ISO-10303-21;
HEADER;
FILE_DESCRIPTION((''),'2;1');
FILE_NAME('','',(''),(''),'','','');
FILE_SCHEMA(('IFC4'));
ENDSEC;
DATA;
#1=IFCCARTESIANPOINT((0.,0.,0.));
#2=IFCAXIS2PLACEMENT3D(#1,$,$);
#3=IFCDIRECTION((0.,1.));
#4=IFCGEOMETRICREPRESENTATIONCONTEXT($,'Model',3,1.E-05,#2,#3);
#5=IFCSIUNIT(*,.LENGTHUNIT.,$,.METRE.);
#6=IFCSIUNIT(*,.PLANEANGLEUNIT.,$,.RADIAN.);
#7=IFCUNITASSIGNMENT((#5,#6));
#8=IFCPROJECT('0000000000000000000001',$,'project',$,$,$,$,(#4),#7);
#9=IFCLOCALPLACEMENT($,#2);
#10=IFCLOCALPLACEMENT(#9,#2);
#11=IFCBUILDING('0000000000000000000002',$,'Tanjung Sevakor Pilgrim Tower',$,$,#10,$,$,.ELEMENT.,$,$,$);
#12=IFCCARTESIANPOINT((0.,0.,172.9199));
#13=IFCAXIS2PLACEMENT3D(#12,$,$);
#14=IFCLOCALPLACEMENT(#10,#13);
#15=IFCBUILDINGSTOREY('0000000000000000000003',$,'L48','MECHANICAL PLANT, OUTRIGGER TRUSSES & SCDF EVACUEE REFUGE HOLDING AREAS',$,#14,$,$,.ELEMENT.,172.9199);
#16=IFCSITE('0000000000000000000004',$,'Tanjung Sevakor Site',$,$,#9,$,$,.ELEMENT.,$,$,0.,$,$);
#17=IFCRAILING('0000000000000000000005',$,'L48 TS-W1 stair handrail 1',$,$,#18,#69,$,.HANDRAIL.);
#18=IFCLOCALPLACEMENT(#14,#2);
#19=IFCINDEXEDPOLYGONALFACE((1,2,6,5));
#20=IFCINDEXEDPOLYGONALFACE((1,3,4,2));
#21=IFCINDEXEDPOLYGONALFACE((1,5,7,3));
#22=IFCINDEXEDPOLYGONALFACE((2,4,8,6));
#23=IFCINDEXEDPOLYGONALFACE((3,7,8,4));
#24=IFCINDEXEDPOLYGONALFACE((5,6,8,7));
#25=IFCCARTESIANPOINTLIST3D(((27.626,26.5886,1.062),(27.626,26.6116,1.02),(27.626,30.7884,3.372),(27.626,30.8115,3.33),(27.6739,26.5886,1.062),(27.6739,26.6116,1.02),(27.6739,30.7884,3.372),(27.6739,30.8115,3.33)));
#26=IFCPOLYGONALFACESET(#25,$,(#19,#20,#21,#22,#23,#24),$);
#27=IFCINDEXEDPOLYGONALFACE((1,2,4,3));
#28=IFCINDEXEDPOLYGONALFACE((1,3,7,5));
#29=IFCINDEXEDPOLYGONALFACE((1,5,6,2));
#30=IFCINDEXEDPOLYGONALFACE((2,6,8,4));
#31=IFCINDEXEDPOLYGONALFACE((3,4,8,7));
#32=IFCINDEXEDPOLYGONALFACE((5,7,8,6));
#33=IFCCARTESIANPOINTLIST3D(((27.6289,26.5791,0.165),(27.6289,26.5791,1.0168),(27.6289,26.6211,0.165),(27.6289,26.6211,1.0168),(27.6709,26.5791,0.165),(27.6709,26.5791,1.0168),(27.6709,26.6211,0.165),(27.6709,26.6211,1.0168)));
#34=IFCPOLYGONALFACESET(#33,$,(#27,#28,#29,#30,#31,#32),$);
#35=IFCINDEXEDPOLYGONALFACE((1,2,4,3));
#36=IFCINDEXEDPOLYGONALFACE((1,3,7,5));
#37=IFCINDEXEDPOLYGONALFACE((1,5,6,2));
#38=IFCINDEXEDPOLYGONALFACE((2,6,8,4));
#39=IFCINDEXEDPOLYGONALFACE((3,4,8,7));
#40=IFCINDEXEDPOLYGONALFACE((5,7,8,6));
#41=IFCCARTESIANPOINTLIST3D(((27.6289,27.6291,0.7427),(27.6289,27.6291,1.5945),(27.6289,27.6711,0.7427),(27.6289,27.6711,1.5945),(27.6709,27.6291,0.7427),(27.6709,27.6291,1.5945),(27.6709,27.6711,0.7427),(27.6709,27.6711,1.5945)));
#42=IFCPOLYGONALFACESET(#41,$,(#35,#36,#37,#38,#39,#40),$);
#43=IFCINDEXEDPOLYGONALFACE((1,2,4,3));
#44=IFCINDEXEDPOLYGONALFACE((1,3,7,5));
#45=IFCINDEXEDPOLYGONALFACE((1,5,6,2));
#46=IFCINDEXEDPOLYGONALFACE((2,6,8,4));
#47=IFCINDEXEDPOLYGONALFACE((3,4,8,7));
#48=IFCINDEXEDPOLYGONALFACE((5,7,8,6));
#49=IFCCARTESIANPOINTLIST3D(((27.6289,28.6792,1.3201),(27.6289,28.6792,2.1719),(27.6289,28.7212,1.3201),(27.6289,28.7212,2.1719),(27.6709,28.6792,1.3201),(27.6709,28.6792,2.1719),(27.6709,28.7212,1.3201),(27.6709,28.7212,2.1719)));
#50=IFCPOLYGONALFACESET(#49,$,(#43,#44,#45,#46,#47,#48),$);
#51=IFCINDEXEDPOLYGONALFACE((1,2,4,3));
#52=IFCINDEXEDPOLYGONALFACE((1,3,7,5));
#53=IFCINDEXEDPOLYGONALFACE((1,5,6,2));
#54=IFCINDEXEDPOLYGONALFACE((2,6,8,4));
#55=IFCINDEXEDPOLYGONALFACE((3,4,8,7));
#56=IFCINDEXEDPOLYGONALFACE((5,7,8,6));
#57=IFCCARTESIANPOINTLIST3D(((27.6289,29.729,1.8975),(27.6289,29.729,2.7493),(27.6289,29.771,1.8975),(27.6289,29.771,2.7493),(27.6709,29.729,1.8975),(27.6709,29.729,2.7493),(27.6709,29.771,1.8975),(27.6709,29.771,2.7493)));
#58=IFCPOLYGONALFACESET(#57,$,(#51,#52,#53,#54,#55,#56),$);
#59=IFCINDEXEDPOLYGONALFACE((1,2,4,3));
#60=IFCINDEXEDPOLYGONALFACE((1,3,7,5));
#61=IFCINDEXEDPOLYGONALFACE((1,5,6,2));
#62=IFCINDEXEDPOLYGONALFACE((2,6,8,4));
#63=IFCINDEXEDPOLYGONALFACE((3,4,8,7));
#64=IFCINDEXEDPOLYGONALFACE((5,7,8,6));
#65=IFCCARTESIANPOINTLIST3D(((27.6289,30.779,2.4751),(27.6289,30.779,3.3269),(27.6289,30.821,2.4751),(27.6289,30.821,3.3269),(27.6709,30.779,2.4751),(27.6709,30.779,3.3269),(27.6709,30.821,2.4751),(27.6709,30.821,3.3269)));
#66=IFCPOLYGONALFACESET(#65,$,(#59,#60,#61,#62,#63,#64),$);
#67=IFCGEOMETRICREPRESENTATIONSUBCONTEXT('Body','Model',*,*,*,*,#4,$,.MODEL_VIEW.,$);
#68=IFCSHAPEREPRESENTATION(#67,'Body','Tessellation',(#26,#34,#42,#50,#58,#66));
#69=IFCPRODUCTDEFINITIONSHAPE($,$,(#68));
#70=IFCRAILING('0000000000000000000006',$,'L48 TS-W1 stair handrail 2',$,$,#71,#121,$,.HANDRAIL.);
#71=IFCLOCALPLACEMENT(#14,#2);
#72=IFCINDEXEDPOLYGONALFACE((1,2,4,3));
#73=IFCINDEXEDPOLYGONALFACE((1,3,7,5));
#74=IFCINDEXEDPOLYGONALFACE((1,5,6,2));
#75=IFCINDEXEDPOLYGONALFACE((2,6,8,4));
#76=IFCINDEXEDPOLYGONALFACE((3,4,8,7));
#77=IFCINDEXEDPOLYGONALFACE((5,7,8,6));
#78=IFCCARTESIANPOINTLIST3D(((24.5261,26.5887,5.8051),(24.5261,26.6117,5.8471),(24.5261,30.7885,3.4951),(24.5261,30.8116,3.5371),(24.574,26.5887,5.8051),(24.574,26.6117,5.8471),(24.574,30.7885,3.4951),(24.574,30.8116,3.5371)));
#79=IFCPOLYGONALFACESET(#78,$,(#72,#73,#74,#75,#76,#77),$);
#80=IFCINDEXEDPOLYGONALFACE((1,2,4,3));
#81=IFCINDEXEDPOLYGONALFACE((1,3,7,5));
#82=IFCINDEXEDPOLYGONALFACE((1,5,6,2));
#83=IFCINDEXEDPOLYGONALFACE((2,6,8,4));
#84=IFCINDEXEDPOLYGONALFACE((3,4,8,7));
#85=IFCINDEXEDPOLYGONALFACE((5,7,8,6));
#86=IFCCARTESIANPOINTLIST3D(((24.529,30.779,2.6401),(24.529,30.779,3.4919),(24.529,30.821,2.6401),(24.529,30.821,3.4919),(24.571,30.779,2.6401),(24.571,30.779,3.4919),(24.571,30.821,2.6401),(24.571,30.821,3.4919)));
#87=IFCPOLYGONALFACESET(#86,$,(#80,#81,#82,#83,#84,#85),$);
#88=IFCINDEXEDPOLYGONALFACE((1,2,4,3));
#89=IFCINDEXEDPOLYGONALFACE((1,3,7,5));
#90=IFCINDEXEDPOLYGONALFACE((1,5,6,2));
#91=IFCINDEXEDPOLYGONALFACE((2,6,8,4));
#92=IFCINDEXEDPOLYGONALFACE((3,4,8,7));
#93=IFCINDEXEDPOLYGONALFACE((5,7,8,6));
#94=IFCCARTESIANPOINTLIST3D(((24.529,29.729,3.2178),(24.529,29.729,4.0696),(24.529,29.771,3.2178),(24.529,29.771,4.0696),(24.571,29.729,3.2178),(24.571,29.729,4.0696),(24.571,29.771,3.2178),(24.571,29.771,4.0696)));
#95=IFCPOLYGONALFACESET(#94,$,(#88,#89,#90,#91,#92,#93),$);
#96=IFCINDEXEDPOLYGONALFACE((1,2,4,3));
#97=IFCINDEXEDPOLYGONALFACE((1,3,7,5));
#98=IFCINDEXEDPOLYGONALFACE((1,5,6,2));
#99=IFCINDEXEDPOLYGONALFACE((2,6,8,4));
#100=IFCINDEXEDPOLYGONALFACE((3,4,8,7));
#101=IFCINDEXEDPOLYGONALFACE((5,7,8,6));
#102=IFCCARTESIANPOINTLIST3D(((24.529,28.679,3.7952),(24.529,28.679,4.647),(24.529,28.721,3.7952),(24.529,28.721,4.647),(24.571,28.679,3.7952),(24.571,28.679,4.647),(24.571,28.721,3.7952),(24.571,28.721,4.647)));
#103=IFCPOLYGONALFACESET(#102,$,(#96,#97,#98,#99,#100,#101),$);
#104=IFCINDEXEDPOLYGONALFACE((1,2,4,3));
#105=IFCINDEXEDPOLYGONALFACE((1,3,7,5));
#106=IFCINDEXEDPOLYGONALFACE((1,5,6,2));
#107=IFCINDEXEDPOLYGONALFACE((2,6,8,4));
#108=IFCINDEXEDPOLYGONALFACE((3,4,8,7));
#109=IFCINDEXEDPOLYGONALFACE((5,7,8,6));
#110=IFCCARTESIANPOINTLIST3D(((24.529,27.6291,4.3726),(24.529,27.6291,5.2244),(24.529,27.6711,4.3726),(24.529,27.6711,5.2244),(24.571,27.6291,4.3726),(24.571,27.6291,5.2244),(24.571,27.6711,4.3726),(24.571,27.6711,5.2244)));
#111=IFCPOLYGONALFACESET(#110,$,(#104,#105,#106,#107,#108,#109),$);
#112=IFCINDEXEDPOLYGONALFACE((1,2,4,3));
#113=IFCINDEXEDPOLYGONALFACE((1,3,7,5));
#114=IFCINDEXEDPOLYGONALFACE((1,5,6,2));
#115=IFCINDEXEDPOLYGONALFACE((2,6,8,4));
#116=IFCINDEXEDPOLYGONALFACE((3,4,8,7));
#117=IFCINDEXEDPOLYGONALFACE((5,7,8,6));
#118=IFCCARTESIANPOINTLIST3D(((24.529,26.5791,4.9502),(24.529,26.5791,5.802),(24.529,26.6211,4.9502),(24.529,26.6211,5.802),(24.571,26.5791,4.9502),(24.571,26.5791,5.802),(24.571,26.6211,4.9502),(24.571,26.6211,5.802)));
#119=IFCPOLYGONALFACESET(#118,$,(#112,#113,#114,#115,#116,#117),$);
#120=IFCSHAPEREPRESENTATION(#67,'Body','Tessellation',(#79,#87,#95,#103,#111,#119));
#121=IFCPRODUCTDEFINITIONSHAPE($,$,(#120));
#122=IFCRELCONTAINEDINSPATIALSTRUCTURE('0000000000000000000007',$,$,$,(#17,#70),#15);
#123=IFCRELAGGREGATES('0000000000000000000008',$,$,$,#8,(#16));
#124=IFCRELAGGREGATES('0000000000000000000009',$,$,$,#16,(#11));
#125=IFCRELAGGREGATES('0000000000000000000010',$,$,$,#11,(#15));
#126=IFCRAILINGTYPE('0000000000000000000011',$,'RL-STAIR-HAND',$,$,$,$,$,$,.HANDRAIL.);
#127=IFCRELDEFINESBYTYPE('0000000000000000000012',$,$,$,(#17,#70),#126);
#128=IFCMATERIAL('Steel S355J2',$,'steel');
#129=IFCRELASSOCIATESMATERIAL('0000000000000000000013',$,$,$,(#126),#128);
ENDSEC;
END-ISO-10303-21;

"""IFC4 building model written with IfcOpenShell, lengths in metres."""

from ifc_helpers import new_model, si_unit, direction, frame, origin, place, context, subcontext, project, spatial, rectangle, extrude, material, type_object, element, save


model = new_model("IFC4")

# Units and contexts
model_context = context("Model", 3, precision=1e-05, world=origin(), true_north=direction((0.0, 1.0)))
body_context = subcontext(model_context, "Body", "Model", "MODEL_VIEW")
ifc_project = project(units=[si_unit("LENGTHUNIT", "METRE"), si_unit("PLANEANGLEUNIT", "RADIAN")], contexts=[model_context])

# Site, building, storey
site_placement = place(None, origin())
site = spatial("IfcSite", under=ifc_project, at=site_placement, Name="Tanjung Sevakor Site", CompositionType="ELEMENT", RefElevation=0.0)
building_placement = place(site_placement, origin())
building = spatial("IfcBuilding", under=site, at=building_placement, Name="Tanjung Sevakor Pilgrim Tower", CompositionType="ELEMENT")
storey_placement = place(building_placement, frame((0.0, 0.0, 172.9199)))
storey = spatial("IfcBuildingStorey", under=building, at=storey_placement, Name="L48", Description="MECHANICAL PLANT, OUTRIGGER TRUSSES & SCDF EVACUEE REFUGE HOLDING AREAS", CompositionType="ELEMENT", Elevation=172.9199)

# Railings
ifc_material_1 = material(Name="Steel S355J2", Category="steel")
railing_type_1 = type_object("IfcRailingType", Name="RL-STAIR-HAND", PredefinedType="HANDRAIL", material=ifc_material_1)
railing_1_placement = place(storey_placement, frame((27.6499, 26.6001, 0.165)))
element("IfcRailing", 1, at=railing_1_placement, inside=storey, type_object=railing_type_1, Name="L48 TS-W1 stair handrail 1", PredefinedType="HANDRAIL", context=body_context, shape_type="SweptSolid", body=[
    extrude(rectangle(XDim=0.0479, YDim=0.0479), frame((0.0, 0.0, 0.876), z_axis=(0.0, 0.876208, 0.481932), x_axis=(-1.0, 0.0, 0.0)), (0.0, 0.0, 1.0), 4.7932),
    extrude(rectangle(XDim=0.042, YDim=0.042), origin(), (0.0, 0.0, 1.0), 0.8518),
    extrude(rectangle(XDim=0.042, YDim=0.042), frame((0.0, 1.05, 0.5776)), (0.0, 0.0, 1.0), 0.8518),
    extrude(rectangle(XDim=0.042, YDim=0.042), frame((0.0, 2.1001, 1.155)), (0.0, 0.0, 1.0), 0.8518),
    extrude(rectangle(XDim=0.042, YDim=0.042), frame((0.0, 3.1499, 1.7324)), (0.0, 0.0, 1.0), 0.8518),
    extrude(rectangle(XDim=0.042, YDim=0.042), frame((0.0, 4.2, 2.3101)), (0.0, 0.0, 1.0), 0.8518),
])
railing_2_placement = place(storey_placement, frame((24.55, 30.8, 2.6401)))
element("IfcRailing", 2, at=railing_2_placement, inside=storey, type_object=railing_type_1, Name="L48 TS-W1 stair handrail 2", PredefinedType="HANDRAIL", context=body_context, shape_type="SweptSolid", body=[
    extrude(rectangle(XDim=0.0479, YDim=0.0479), frame((0.0, 0.0, 0.876), z_axis=(0.0, -0.876208, 0.481932), x_axis=(1.0, 0.0, 0.0)), (0.0, 0.0, 1.0), 4.7932),
    extrude(rectangle(XDim=0.042, YDim=0.042), origin(), (0.0, 0.0, 1.0), 0.8518),
    extrude(rectangle(XDim=0.042, YDim=0.042), frame((0.0, -1.05, 0.5776)), (0.0, 0.0, 1.0), 0.8518),
    extrude(rectangle(XDim=0.042, YDim=0.042), frame((0.0, -2.1001, 1.155)), (0.0, 0.0, 1.0), 0.8518),
    extrude(rectangle(XDim=0.042, YDim=0.042), frame((0.0, -3.1499, 1.7324)), (0.0, 0.0, 1.0), 0.8518),
    extrude(rectangle(XDim=0.042, YDim=0.042), frame((0.0, -4.2, 2.3101)), (0.0, 0.0, 1.0), 0.8518),
])

save(model, "model.ifc")
